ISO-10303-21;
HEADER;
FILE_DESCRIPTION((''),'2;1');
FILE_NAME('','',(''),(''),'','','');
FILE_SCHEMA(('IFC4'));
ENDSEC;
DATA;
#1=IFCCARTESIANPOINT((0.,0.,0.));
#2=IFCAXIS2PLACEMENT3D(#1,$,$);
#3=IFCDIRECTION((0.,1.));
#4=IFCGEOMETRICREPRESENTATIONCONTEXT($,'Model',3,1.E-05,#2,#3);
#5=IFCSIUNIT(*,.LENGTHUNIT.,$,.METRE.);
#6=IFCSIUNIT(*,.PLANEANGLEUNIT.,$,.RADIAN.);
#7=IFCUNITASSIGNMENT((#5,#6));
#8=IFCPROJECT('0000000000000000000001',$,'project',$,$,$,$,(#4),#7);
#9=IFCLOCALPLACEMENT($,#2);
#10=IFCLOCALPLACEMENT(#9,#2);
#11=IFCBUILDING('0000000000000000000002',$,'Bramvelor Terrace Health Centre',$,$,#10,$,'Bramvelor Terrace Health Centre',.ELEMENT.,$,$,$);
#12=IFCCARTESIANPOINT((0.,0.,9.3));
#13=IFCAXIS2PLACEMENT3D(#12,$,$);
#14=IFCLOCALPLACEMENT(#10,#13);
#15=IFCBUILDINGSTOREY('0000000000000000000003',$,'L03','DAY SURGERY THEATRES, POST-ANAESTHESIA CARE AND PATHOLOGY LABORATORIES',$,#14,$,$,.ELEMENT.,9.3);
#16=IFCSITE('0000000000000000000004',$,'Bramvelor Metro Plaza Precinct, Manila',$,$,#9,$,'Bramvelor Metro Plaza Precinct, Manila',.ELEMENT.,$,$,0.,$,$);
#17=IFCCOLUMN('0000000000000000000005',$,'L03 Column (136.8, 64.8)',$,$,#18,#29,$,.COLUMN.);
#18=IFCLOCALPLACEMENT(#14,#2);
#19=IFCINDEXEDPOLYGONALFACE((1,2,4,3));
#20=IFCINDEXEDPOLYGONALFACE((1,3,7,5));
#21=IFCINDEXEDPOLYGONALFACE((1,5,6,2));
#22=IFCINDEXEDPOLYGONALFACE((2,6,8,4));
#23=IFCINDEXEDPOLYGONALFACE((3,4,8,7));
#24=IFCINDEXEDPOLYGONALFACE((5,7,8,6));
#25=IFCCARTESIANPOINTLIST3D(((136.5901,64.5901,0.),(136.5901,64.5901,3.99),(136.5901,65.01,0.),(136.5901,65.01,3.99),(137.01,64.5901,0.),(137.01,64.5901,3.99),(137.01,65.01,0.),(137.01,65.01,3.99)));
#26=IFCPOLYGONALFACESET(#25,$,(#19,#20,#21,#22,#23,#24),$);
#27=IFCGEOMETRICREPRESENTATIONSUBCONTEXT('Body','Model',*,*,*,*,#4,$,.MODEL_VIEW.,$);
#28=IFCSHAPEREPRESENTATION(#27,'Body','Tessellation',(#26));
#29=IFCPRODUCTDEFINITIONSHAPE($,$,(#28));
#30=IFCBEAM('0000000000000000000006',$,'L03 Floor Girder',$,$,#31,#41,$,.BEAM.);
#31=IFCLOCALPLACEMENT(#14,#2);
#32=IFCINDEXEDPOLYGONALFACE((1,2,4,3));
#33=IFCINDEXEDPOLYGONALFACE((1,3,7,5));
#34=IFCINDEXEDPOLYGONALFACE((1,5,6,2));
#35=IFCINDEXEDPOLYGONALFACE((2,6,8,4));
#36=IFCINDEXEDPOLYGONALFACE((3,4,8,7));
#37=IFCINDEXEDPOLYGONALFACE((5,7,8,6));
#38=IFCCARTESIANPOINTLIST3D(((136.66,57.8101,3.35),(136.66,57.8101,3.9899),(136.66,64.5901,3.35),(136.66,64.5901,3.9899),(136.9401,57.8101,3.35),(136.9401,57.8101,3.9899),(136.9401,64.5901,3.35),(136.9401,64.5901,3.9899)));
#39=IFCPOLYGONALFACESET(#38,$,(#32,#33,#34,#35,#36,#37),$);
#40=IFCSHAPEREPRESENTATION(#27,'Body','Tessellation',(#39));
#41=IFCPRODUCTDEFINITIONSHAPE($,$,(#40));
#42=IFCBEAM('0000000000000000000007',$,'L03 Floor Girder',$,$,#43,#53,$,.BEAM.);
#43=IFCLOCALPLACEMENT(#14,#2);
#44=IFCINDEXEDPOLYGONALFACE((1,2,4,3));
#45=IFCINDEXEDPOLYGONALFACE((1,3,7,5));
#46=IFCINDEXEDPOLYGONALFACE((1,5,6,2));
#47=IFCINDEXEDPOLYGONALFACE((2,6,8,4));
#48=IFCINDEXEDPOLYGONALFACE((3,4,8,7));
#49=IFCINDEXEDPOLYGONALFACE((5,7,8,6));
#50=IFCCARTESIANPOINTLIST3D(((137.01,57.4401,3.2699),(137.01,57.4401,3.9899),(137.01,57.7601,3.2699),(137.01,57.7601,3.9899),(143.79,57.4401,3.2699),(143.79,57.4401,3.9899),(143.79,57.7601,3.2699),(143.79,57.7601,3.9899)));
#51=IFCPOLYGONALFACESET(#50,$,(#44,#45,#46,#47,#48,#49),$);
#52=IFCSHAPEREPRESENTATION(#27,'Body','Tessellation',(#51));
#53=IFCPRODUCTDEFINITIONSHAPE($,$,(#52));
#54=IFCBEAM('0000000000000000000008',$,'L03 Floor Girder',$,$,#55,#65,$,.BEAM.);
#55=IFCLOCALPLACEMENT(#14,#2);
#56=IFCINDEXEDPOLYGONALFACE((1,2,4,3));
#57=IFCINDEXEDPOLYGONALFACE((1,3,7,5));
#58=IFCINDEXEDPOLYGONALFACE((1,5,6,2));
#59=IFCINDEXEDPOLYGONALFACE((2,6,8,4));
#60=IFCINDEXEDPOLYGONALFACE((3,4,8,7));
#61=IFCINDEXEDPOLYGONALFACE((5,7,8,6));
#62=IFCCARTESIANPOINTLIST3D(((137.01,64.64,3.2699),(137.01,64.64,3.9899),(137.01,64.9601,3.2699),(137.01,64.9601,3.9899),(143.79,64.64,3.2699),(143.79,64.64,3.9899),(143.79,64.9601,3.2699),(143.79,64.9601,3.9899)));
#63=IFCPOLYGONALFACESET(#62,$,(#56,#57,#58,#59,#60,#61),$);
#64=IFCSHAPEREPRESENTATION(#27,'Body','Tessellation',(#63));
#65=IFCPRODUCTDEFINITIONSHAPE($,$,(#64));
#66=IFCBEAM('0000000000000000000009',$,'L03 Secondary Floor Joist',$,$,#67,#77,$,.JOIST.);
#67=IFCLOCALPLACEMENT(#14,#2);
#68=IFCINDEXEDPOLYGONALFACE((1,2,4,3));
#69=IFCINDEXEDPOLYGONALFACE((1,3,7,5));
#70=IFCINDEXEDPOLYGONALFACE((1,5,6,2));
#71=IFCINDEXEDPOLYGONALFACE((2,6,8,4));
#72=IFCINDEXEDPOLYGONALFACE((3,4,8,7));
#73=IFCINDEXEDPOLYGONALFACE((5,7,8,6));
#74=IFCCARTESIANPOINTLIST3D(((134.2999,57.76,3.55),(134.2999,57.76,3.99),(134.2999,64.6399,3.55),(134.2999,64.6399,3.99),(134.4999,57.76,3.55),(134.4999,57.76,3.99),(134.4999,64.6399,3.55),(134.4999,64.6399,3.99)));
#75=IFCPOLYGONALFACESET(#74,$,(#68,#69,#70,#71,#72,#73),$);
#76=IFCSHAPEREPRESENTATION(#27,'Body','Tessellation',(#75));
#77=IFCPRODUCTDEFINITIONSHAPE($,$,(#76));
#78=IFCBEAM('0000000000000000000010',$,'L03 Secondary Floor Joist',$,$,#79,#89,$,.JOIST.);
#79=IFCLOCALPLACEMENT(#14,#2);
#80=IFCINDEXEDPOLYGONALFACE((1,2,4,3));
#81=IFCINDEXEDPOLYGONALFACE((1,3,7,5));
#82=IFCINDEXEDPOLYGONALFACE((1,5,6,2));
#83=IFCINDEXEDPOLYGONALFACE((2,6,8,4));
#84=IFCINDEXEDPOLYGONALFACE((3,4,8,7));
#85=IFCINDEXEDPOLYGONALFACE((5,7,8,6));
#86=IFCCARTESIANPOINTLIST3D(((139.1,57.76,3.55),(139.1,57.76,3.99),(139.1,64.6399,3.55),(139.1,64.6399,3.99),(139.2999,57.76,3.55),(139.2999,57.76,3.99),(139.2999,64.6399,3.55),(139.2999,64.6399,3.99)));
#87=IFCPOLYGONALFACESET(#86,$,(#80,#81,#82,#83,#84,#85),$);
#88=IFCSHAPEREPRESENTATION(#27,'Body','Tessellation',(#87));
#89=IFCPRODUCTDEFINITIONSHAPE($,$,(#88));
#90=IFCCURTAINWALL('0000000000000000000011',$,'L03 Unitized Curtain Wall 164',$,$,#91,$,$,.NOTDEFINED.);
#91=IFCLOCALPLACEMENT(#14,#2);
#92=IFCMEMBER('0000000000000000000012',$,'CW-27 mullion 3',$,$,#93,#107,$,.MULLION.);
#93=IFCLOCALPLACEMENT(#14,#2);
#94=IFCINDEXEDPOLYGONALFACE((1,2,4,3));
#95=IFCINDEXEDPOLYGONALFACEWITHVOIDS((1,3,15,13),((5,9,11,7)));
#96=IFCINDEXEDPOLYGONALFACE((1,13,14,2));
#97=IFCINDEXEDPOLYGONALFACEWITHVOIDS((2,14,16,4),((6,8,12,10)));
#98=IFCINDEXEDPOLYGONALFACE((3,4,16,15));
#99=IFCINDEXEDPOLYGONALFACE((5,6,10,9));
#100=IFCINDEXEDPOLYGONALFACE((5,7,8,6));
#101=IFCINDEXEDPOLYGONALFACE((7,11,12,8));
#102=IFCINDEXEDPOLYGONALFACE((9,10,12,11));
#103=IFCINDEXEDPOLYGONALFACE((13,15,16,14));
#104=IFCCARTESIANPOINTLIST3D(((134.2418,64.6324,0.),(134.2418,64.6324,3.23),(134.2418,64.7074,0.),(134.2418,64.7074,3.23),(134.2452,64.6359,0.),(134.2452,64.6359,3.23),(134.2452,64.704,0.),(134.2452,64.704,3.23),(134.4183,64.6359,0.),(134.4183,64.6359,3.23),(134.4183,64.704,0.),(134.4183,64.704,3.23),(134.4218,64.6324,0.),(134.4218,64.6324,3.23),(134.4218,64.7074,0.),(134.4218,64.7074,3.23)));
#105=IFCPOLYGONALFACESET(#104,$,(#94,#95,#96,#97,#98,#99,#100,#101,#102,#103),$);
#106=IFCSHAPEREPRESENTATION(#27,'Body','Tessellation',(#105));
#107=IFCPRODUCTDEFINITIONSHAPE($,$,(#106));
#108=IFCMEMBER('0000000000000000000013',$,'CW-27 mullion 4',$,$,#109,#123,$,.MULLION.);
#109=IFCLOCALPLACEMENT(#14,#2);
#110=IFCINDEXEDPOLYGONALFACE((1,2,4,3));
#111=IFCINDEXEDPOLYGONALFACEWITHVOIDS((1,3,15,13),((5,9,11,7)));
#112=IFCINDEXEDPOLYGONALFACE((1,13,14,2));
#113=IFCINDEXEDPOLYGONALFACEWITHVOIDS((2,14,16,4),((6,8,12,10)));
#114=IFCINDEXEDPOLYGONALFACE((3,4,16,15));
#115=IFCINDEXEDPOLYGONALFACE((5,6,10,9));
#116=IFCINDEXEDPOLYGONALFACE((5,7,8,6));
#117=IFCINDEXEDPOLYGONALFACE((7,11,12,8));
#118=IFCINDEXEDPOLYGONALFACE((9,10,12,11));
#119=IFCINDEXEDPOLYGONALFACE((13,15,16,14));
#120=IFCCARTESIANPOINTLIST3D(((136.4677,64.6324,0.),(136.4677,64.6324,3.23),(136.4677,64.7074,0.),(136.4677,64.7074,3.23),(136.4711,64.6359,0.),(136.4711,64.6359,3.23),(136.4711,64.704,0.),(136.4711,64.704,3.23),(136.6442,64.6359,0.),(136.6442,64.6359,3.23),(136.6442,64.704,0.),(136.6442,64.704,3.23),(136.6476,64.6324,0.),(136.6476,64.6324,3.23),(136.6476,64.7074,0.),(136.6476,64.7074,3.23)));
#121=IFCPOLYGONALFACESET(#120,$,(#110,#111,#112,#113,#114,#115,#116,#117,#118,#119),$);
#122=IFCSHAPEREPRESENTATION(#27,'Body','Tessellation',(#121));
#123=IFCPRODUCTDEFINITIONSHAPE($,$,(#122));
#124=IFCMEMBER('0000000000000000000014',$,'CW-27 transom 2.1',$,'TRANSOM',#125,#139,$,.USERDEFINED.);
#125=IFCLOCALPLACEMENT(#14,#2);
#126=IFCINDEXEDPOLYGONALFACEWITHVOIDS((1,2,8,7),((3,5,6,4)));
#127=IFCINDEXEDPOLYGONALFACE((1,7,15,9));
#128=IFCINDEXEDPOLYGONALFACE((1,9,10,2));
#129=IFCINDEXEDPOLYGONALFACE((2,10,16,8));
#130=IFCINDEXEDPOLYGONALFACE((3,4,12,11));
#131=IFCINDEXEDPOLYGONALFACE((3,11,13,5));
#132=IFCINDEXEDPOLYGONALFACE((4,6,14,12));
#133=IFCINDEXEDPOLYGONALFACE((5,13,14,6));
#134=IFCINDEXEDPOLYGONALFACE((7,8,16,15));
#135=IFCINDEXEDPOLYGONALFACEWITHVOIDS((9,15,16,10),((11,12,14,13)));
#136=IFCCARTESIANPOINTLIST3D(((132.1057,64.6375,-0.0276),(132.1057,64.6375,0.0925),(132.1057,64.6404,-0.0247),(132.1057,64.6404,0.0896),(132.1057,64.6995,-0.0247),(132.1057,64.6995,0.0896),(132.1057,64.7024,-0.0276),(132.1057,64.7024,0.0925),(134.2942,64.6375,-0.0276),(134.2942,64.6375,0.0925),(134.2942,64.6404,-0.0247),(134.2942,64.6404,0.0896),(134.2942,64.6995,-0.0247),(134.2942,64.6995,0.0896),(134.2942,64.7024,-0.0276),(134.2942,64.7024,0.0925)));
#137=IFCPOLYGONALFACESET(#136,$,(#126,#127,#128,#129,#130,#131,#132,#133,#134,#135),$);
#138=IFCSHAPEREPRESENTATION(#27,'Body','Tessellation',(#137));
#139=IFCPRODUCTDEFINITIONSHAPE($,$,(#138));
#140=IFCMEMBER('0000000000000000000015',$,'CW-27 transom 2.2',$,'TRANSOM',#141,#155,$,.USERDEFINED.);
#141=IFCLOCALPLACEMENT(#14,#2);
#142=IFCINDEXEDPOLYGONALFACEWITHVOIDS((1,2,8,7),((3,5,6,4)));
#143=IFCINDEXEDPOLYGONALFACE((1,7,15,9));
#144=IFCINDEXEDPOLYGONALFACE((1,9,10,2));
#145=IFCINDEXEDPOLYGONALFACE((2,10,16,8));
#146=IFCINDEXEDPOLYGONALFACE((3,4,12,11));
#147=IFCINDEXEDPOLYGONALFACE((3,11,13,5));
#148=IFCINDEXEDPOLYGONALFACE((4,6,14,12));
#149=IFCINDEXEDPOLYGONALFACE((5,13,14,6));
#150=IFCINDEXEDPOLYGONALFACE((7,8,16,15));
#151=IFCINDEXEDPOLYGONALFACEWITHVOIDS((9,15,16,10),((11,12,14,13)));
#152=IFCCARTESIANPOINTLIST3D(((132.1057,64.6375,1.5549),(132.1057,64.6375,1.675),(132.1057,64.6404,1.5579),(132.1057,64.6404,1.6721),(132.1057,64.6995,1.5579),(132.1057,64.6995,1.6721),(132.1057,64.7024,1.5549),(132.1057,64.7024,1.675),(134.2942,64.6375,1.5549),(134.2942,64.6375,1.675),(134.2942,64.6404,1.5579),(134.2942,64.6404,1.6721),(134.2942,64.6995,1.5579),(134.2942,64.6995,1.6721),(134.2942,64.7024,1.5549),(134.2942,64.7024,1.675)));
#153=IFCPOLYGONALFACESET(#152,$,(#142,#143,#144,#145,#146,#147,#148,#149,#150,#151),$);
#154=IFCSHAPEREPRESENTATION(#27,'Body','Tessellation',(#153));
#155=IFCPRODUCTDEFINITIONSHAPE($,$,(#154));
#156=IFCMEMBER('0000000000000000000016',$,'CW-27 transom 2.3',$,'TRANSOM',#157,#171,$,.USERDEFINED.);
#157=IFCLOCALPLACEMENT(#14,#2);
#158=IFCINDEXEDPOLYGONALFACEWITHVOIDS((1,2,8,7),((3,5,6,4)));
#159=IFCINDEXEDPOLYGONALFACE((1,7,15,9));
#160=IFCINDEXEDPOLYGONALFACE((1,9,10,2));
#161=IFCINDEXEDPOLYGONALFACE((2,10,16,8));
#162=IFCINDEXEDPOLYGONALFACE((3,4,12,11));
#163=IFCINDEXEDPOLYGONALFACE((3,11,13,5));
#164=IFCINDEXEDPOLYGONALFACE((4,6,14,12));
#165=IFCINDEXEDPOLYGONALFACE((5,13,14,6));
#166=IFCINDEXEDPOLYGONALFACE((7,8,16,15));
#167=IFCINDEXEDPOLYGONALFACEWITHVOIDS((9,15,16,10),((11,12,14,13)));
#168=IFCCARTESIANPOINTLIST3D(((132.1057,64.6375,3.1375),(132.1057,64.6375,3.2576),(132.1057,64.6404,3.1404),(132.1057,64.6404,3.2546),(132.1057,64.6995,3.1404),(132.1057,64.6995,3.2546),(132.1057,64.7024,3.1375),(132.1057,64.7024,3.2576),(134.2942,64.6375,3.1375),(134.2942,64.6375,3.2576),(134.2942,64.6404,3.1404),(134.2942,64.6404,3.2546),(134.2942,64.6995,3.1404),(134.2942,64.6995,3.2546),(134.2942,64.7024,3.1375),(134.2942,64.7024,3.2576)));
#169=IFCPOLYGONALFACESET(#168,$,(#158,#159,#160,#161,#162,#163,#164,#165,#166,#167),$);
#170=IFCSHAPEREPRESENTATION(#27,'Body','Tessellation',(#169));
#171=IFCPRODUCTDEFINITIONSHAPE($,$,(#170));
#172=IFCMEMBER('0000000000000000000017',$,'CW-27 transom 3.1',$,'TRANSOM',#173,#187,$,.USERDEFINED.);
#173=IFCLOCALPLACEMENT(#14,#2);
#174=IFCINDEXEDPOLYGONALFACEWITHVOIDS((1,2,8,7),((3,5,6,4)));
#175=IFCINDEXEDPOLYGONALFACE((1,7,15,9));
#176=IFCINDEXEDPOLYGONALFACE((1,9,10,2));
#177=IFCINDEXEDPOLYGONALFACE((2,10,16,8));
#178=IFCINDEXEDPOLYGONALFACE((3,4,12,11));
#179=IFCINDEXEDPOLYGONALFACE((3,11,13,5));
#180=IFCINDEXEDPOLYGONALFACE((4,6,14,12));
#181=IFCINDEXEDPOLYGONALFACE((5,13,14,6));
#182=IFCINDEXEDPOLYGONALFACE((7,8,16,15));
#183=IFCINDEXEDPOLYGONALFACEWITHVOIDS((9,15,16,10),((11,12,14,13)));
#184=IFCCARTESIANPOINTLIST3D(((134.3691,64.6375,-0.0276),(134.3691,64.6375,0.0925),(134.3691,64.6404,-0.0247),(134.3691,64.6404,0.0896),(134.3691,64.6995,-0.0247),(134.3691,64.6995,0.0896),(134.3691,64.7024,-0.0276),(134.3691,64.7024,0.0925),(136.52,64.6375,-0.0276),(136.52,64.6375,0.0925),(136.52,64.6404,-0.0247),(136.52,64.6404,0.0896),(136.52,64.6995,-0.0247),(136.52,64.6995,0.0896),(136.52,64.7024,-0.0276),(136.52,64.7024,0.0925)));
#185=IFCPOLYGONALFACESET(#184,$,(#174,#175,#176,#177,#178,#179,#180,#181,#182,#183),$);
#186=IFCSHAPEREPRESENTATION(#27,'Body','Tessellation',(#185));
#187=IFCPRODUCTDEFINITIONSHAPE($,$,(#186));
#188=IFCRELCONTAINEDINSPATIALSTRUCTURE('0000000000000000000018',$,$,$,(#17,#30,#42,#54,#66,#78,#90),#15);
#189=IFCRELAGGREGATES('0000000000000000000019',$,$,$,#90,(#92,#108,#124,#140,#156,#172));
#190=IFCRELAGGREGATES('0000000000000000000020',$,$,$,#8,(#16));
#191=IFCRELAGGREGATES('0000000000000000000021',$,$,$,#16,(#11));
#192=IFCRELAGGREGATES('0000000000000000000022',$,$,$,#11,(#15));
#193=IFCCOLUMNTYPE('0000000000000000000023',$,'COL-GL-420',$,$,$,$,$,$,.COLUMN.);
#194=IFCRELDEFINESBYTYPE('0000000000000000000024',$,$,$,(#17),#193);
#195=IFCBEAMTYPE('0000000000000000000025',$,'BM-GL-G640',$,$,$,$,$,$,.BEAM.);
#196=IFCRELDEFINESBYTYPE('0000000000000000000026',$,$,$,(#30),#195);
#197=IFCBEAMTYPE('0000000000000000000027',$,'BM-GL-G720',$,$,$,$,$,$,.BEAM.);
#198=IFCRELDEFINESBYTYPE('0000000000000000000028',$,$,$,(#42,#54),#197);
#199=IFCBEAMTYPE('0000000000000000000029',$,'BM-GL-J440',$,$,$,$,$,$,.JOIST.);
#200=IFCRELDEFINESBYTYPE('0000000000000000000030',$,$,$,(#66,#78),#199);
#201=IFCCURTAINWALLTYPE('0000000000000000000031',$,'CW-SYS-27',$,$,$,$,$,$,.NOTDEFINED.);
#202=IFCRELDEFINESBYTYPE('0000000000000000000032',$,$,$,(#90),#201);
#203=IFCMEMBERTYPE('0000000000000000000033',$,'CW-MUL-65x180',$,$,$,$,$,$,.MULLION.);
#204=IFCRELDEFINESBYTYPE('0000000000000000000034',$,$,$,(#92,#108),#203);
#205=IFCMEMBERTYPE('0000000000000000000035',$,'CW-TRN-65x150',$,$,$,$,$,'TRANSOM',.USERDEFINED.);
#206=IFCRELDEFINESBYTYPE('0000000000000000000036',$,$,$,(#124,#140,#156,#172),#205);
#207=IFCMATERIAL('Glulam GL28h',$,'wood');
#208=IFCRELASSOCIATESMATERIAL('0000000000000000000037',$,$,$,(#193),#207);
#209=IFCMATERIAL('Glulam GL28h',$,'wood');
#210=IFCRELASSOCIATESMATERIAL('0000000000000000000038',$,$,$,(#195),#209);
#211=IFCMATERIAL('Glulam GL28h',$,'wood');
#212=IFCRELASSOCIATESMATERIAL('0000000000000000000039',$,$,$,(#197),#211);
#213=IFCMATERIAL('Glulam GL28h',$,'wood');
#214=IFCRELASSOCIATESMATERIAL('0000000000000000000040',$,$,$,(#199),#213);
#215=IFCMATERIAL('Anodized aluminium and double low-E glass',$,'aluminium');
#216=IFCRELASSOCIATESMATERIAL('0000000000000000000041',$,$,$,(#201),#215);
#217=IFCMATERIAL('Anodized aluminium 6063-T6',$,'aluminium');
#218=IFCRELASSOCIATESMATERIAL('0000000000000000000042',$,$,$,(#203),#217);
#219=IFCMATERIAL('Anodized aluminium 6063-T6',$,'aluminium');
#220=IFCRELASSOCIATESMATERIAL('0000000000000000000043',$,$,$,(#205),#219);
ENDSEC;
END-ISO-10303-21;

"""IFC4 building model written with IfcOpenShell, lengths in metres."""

from ifc_helpers import new_model, si_unit, direction, frame, origin, origin_2d, place, context, subcontext, project, spatial, rectangle, hollow_rectangle, extrude, material, material_profile, profile_set, type_object, element, aggregate, save


model = new_model("IFC4")

# Units and contexts
model_context = context("Model", 3, precision=1e-05, world=origin(), true_north=direction((0.0, 1.0)))
body_context = subcontext(model_context, "Body", "Model", "MODEL_VIEW")
ifc_project = project(units=[si_unit("LENGTHUNIT", "METRE"), si_unit("PLANEANGLEUNIT", "RADIAN")], contexts=[model_context])

# Site, building, storey
site_placement = place(None, origin())
site = spatial("IfcSite", under=ifc_project, at=site_placement, Name="Bramvelor Metro Plaza Precinct, Manila", LongName="Bramvelor Metro Plaza Precinct, Manila", CompositionType="ELEMENT", RefElevation=0.0)
building_placement = place(site_placement, origin())
building = spatial("IfcBuilding", under=site, at=building_placement, Name="Bramvelor Terrace Health Centre", LongName="Bramvelor Terrace Health Centre", CompositionType="ELEMENT")
storey_placement = place(building_placement, frame((0.0, 0.0, 9.3)))
storey = spatial("IfcBuildingStorey", under=building, at=storey_placement, Name="L03", Description="DAY SURGERY THEATRES, POST-ANAESTHESIA CARE AND PATHOLOGY LABORATORIES", CompositionType="ELEMENT", Elevation=9.3)

# Column
ifc_material_1 = material(Name="Glulam GL28h", Category="wood")
ifc_material_profile_1 = material_profile(ifc_material_1, rectangle(XDim=0.4199, YDim=0.4199, at=origin_2d()), Name="GL 420x420")
ifc_profile_set_1 = profile_set([ifc_material_profile_1], Name="Glulam GL28h")
column_type = type_object("IfcColumnType", Name="COL-GL-420", PredefinedType="COLUMN", material=ifc_profile_set_1)
column_placement = place(storey_placement, frame((136.8, 64.8, 0.0), z_axis=(0.0, 0.0, 1.0), x_axis=(1.0, 0.0, 0.0)))
element("IfcColumn", 1, at=column_placement, inside=storey, type_object=column_type, Name="L03 Column (136.8, 64.8)", PredefinedType="COLUMN", context=body_context, shape_type="SweptSolid", body=[
    extrude(rectangle(XDim=0.4199, YDim=0.4199, at=origin_2d()), origin(), (0.0, 0.0, 1.0), 3.99),
])

# Beams
ifc_material_2 = material(Name="Glulam GL28h", Category="wood")
ifc_material_profile_2 = material_profile(ifc_material_2, rectangle(XDim=0.28, YDim=0.6399, at=origin_2d()), Name="GL 280x640")
ifc_profile_set_2 = profile_set([ifc_material_profile_2], Name="Glulam GL28h")
beam_type_1 = type_object("IfcBeamType", Name="BM-GL-G640", PredefinedType="BEAM", material=ifc_profile_set_2)
beam_placement = place(storey_placement, frame((136.8, 57.8101, 3.6699), z_axis=(0.0, 1.0, 0.0), x_axis=(-1.0, 0.0, 0.0)))
element("IfcBeam", 2, at=beam_placement, inside=storey, type_object=beam_type_1, Name="L03 Floor Girder", PredefinedType="BEAM", context=body_context, shape_type="SweptSolid", body=[
    extrude(rectangle(XDim=0.28, YDim=0.6399, at=origin_2d()), origin(), (0.0, 0.0, 1.0), 6.78),
])
ifc_material_3 = material(Name="Glulam GL28h", Category="wood")
ifc_material_profile_3 = material_profile(ifc_material_3, rectangle(XDim=0.3201, YDim=0.72, at=origin_2d()), Name="GL 320x720")
ifc_profile_set_3 = profile_set([ifc_material_profile_3], Name="Glulam GL28h")
beam_type_2 = type_object("IfcBeamType", Name="BM-GL-G720", PredefinedType="BEAM", material=ifc_profile_set_3)
for number, where, z_axis, x_axis, name in (
    (3, (137.01, 57.6001, 3.6299), (1.0, 0.0, 0.0), (0.0, 1.0, 0.0), "L03 Floor Girder"),
    (4, (137.01, 64.8, 3.6299), (1.0, 0.0, 0.0), (0.0, 1.0, 0.0), "L03 Floor Girder"),
):
    element("IfcBeam", number, at=place(storey_placement, frame(where, z_axis=z_axis, x_axis=x_axis)), inside=storey, type_object=beam_type_2, Name=name, PredefinedType="BEAM", context=body_context, shape_type="SweptSolid", body=[
        extrude(rectangle(XDim=0.3201, YDim=0.72, at=origin_2d()), origin(), (0.0, 0.0, 1.0), 6.78),
    ])
ifc_material_4 = material(Name="Glulam GL28h", Category="wood")
ifc_material_profile_4 = material_profile(ifc_material_4, rectangle(XDim=0.2, YDim=0.4399, at=origin_2d()), Name="GL 200x440")
ifc_profile_set_4 = profile_set([ifc_material_profile_4], Name="Glulam GL28h")
beam_type_3 = type_object("IfcBeamType", Name="BM-GL-J440", PredefinedType="JOIST", material=ifc_profile_set_4)
for number, where, z_axis, x_axis, name in (
    (5, (134.3999, 57.76, 3.77), (0.0, 1.0, 0.0), (-1.0, 0.0, 0.0), "L03 Secondary Floor Joist"),
    (6, (139.2, 57.76, 3.77), (0.0, 1.0, 0.0), (-1.0, 0.0, 0.0), "L03 Secondary Floor Joist"),
):
    element("IfcBeam", number, at=place(storey_placement, frame(where, z_axis=z_axis, x_axis=x_axis)), inside=storey, type_object=beam_type_3, Name=name, PredefinedType="JOIST", context=body_context, shape_type="SweptSolid", body=[
        extrude(rectangle(XDim=0.2, YDim=0.4399, at=origin_2d()), origin(), (0.0, 0.0, 1.0), 6.8799),
    ])

# Curtain wall, members
ifc_material_5 = material(Name="Anodized aluminium and double low-E glass", Category="aluminium")
curtain_wall_type = type_object("IfcCurtainWallType", Name="CW-SYS-27", PredefinedType="NOTDEFINED", material=ifc_material_5)
curtain_wall_placement = place(storey_placement, origin())
curtain_wall = element("IfcCurtainWall", 7, at=curtain_wall_placement, inside=storey, type_object=curtain_wall_type, Name="L03 Unitized Curtain Wall 164", PredefinedType="NOTDEFINED")
ifc_material_6 = material(Name="Anodized aluminium 6063-T6", Category="aluminium")
ifc_material_profile_5 = material_profile(ifc_material_6, hollow_rectangle(XDim=0.075, YDim=0.1799, WallThickness=0.0034, at=origin_2d()), Name="ALU-MUL 75x180x3.5")
ifc_profile_set_5 = profile_set([ifc_material_profile_5], Name="Anodized aluminium 6063-T6")
member_type_1 = type_object("IfcMemberType", Name="CW-MUL-65x180", PredefinedType="MULLION", material=ifc_profile_set_5)
member_1_placement = place(storey_placement, frame((134.3318, 64.6699, 0.0), z_axis=(0.0, 0.0, 1.0), x_axis=(0.0, 1.0, 0.0)))
member_1 = element("IfcMember", 8, at=member_1_placement, type_object=member_type_1, Name="CW-27 mullion 3", PredefinedType="MULLION", context=body_context, shape_type="SweptSolid", body=[
    extrude(hollow_rectangle(XDim=0.075, YDim=0.1799, WallThickness=0.0034, at=origin_2d()), origin(), (0.0, 0.0, 1.0), 3.23),
])
member_2_placement = place(storey_placement, frame((136.5576, 64.6699, 0.0), z_axis=(0.0, 0.0, 1.0), x_axis=(0.0, 1.0, 0.0)))
member_2 = element("IfcMember", 9, at=member_2_placement, type_object=member_type_1, Name="CW-27 mullion 4", PredefinedType="MULLION", context=body_context, shape_type="SweptSolid", body=[
    extrude(hollow_rectangle(XDim=0.075, YDim=0.1799, WallThickness=0.0034, at=origin_2d()), origin(), (0.0, 0.0, 1.0), 3.23),
])
ifc_material_7 = material(Name="Anodized aluminium 6063-T6", Category="aluminium")
ifc_material_profile_6 = material_profile(ifc_material_7, hollow_rectangle(XDim=0.0649, YDim=0.1201, WallThickness=0.0029, at=origin_2d()), Name="ALU-TRN 65x120x3.0")
ifc_profile_set_6 = profile_set([ifc_material_profile_6], Name="Anodized aluminium 6063-T6")
member_type_2 = type_object("IfcMemberType", Name="CW-TRN-65x150", ElementType="TRANSOM", PredefinedType="USERDEFINED", material=ifc_profile_set_6)
member_3_placement = place(storey_placement, frame((132.1057, 64.6699, 0.0325), z_axis=(1.0, 0.0, 0.0), x_axis=(0.0, 1.0, 0.0)))
member_3 = element("IfcMember", 10, at=member_3_placement, type_object=member_type_2, Name="CW-27 transom 2.1", ObjectType="TRANSOM", PredefinedType="USERDEFINED", context=body_context, shape_type="SweptSolid", body=[
    extrude(hollow_rectangle(XDim=0.0649, YDim=0.1201, WallThickness=0.0029, at=origin_2d()), origin(), (0.0, 0.0, 1.0), 2.1885),
])
member_4_placement = place(storey_placement, frame((132.1057, 64.6699, 1.615), z_axis=(1.0, 0.0, 0.0), x_axis=(0.0, 1.0, 0.0)))
member_4 = element("IfcMember", 11, at=member_4_placement, type_object=member_type_2, Name="CW-27 transom 2.2", ObjectType="TRANSOM", PredefinedType="USERDEFINED", context=body_context, shape_type="SweptSolid", body=[
    extrude(hollow_rectangle(XDim=0.0649, YDim=0.1201, WallThickness=0.0029, at=origin_2d()), origin(), (0.0, 0.0, 1.0), 2.1885),
])
member_5_placement = place(storey_placement, frame((132.1057, 64.6699, 3.1975), z_axis=(1.0, 0.0, 0.0), x_axis=(0.0, 1.0, 0.0)))
member_5 = element("IfcMember", 12, at=member_5_placement, type_object=member_type_2, Name="CW-27 transom 2.3", ObjectType="TRANSOM", PredefinedType="USERDEFINED", context=body_context, shape_type="SweptSolid", body=[
    extrude(hollow_rectangle(XDim=0.0649, YDim=0.1201, WallThickness=0.0029, at=origin_2d()), origin(), (0.0, 0.0, 1.0), 2.1885),
])
member_6_placement = place(storey_placement, frame((134.3691, 64.6699, 0.0325), z_axis=(1.0, 0.0, 0.0), x_axis=(0.0, 1.0, 0.0)))
member_6 = element("IfcMember", 13, at=member_6_placement, type_object=member_type_2, Name="CW-27 transom 3.1", ObjectType="TRANSOM", PredefinedType="USERDEFINED", context=body_context, shape_type="SweptSolid", body=[
    extrude(hollow_rectangle(XDim=0.0649, YDim=0.1201, WallThickness=0.0029, at=origin_2d()), origin(), (0.0, 0.0, 1.0), 2.1509),
])
aggregate(curtain_wall, [member_1, member_2, member_3, member_4, member_5, member_6])

save(model, "model.ifc")
